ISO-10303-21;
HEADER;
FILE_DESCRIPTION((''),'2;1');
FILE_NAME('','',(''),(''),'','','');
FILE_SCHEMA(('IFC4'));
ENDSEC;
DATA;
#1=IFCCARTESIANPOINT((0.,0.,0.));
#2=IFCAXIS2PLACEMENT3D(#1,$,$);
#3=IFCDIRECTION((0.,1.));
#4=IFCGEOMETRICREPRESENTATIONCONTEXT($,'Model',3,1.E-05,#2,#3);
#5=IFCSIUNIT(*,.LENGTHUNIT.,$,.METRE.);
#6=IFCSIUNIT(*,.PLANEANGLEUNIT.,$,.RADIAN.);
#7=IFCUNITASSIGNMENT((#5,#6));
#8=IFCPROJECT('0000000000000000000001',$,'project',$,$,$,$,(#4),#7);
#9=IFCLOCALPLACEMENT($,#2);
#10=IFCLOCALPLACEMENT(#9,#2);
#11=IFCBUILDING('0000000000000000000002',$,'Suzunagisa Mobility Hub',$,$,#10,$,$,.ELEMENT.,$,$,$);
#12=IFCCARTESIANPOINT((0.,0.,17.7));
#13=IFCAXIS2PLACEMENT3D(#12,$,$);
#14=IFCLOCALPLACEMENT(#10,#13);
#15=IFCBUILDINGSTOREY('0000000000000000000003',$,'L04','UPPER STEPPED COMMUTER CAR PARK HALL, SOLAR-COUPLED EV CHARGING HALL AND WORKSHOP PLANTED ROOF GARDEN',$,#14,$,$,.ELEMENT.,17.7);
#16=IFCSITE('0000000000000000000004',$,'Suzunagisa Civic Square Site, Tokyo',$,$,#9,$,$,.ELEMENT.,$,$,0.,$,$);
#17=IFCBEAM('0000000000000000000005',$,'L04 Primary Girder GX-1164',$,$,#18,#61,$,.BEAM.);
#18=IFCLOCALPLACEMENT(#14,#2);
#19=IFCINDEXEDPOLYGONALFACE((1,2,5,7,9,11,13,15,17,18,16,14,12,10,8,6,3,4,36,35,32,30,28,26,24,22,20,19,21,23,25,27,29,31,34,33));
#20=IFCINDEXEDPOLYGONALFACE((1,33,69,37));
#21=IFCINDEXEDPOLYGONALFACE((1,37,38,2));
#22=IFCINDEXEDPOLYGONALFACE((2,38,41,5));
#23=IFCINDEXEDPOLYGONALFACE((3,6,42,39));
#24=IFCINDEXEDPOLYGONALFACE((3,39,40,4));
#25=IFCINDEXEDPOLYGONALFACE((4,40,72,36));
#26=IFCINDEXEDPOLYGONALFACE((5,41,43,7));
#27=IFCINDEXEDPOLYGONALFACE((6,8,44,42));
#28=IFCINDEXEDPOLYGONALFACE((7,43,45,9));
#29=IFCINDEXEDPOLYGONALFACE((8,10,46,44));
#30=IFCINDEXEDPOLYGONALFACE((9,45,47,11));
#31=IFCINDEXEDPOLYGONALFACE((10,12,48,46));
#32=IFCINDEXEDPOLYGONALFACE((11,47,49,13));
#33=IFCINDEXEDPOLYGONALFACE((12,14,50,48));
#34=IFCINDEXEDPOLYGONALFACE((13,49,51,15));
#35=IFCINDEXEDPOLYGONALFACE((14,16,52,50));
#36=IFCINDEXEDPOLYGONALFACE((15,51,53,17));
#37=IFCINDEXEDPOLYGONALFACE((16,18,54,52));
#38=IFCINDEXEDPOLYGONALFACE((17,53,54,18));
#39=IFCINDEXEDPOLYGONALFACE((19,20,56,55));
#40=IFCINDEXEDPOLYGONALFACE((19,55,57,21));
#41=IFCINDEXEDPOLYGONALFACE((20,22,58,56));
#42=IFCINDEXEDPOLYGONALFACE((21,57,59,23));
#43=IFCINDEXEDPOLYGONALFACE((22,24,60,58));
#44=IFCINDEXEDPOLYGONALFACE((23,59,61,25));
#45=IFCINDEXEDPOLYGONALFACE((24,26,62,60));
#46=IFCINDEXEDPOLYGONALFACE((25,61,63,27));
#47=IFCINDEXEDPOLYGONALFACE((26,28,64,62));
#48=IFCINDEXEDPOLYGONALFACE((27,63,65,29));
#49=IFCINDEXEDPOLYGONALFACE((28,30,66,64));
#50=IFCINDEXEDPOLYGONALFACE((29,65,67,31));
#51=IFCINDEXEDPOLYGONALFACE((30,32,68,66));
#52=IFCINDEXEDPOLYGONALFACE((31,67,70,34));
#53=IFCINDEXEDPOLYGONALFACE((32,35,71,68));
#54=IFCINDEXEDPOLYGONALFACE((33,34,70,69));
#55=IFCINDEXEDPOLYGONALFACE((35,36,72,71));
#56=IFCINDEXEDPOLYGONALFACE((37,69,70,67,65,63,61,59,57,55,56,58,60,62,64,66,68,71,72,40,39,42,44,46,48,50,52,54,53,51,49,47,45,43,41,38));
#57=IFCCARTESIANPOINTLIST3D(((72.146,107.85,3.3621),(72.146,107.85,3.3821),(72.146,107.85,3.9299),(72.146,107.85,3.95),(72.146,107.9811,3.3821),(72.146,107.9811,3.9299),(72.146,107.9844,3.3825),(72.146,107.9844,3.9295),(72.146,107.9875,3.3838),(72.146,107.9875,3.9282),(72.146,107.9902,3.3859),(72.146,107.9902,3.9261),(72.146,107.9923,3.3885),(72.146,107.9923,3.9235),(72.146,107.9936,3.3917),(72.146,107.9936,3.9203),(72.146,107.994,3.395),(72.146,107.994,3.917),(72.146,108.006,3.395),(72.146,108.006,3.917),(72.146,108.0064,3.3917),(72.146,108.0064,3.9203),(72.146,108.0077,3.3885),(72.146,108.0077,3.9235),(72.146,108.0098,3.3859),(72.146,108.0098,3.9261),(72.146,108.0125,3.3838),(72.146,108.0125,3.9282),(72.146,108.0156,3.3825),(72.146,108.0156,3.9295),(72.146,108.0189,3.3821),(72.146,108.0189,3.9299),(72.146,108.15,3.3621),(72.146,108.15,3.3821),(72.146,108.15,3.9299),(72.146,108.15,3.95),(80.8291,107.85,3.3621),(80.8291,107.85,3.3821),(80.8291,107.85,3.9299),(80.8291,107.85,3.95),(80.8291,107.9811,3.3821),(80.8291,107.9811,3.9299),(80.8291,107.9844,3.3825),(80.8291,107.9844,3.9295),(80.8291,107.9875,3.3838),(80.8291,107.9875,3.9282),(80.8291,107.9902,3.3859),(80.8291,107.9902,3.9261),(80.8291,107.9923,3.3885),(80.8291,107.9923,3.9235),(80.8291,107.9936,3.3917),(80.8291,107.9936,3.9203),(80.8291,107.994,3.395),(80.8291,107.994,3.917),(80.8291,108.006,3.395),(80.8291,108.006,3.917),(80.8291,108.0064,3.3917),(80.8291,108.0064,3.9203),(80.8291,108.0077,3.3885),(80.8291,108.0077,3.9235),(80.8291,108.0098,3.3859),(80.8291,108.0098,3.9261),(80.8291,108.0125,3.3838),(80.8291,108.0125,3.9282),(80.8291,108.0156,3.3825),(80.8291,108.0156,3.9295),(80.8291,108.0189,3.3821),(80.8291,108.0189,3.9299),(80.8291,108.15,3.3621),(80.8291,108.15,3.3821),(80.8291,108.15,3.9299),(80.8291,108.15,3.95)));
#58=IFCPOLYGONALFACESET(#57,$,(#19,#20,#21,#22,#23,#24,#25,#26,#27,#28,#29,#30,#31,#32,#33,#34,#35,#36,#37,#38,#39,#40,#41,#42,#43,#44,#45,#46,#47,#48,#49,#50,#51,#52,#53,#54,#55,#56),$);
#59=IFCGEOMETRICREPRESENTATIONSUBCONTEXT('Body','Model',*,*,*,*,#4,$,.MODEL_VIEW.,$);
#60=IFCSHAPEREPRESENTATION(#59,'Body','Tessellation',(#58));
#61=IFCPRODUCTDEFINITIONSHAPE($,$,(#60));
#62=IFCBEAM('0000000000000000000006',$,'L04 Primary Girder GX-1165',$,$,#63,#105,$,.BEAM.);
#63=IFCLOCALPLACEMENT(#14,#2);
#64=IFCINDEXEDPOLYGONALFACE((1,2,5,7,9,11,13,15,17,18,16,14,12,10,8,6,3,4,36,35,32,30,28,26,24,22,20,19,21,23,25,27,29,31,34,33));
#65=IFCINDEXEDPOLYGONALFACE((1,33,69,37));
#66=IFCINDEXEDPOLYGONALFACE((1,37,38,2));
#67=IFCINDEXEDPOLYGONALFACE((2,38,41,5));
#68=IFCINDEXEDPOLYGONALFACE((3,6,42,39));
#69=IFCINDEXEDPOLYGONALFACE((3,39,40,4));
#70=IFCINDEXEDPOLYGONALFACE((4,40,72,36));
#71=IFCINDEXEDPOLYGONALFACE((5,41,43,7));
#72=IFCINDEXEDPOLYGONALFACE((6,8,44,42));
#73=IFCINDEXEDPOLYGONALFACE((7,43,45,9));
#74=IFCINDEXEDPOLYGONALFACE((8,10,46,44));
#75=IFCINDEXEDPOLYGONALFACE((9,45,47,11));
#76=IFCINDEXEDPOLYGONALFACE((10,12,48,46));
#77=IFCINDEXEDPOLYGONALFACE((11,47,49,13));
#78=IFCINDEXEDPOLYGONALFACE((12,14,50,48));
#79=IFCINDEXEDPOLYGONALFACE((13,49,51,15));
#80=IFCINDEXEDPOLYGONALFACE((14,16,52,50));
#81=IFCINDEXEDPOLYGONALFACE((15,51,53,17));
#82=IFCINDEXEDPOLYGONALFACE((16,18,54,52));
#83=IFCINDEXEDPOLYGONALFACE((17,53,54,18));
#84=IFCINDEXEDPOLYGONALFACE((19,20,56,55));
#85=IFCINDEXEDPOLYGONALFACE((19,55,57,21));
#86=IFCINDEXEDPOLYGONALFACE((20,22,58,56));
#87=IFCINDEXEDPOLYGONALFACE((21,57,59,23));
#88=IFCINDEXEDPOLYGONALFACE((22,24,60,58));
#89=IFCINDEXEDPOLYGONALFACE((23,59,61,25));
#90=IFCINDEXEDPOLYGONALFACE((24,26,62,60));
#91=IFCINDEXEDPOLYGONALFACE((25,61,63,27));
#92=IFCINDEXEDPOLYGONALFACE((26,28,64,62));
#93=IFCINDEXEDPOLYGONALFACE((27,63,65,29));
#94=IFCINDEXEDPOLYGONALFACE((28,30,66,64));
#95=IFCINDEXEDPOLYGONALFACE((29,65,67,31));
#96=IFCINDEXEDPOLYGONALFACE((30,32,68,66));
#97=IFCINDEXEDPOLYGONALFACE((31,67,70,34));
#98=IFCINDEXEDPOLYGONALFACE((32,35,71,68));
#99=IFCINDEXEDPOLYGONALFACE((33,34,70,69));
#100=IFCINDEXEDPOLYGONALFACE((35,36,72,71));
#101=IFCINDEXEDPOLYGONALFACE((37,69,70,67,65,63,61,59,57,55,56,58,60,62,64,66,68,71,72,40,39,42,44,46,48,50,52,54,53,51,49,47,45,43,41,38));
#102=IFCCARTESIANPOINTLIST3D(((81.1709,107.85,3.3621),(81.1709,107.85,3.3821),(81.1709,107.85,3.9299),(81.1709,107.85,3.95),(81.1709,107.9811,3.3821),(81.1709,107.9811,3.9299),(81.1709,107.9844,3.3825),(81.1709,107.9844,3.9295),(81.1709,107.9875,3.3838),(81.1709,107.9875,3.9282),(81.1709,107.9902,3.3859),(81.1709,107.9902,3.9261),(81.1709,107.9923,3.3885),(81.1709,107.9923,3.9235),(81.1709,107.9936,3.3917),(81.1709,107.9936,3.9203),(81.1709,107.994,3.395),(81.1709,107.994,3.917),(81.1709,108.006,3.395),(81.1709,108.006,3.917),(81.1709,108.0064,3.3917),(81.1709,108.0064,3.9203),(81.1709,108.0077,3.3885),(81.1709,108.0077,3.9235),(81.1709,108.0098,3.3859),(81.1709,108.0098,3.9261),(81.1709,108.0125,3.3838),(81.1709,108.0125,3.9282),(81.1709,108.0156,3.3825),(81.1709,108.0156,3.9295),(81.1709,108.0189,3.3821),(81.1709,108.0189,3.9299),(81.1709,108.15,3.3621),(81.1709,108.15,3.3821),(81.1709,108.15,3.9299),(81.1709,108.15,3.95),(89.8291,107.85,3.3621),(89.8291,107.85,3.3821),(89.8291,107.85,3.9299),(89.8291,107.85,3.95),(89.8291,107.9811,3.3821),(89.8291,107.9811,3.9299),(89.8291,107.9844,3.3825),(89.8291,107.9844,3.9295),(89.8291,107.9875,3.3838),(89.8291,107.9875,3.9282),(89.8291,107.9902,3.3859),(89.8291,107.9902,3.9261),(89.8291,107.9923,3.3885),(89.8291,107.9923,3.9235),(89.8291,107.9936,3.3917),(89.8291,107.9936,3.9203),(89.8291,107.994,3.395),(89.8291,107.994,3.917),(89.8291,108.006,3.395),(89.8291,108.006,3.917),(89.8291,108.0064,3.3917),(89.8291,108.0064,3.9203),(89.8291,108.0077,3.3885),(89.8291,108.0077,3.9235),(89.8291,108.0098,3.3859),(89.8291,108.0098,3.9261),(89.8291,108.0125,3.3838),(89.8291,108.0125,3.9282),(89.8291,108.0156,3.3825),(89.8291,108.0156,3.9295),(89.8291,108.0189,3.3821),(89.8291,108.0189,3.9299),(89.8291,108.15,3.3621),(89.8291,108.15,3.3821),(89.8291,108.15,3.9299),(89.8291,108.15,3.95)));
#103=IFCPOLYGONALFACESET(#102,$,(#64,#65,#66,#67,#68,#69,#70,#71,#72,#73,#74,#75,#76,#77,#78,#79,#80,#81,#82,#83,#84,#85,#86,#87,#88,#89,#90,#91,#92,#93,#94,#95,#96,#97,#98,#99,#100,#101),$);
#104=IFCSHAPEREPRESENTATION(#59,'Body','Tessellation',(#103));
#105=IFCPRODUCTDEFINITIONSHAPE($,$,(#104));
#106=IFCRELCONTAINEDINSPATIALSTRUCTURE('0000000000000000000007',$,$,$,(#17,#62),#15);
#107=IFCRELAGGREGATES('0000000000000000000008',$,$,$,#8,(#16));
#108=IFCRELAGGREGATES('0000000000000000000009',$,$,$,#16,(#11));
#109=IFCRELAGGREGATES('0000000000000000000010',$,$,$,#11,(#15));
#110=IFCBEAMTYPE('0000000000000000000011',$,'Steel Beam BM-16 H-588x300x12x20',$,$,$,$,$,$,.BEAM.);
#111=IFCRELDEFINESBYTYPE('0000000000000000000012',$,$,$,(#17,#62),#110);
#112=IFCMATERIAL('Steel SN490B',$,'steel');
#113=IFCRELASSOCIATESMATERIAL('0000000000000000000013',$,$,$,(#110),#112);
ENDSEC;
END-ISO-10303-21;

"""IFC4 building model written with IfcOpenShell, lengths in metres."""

from ifc_helpers import new_model, si_unit, direction, frame, origin, origin_2d, place, context, subcontext, project, spatial, i_section, extrude, material, material_profile, profile_set, type_object, element, save


model = new_model("IFC4")

# Units and contexts
model_context = context("Model", 3, precision=1e-05, world=origin(), true_north=direction((0.0, 1.0)))
body_context = subcontext(model_context, "Body", "Model", "MODEL_VIEW")
ifc_project = project(units=[si_unit("LENGTHUNIT", "METRE"), si_unit("PLANEANGLEUNIT", "RADIAN")], contexts=[model_context])

# Site, building, storey
site_placement = place(None, origin())
site = spatial("IfcSite", under=ifc_project, at=site_placement, Name="Suzunagisa Civic Square Site, Tokyo", CompositionType="ELEMENT", RefElevation=0.0)
building_placement = place(site_placement, origin())
building = spatial("IfcBuilding", under=site, at=building_placement, Name="Suzunagisa Mobility Hub", CompositionType="ELEMENT")
storey_placement = place(building_placement, frame((0.0, 0.0, 17.7)))
storey = spatial("IfcBuildingStorey", under=building, at=storey_placement, Name="L04", Description="UPPER STEPPED COMMUTER CAR PARK HALL, SOLAR-COUPLED EV CHARGING HALL AND WORKSHOP PLANTED ROOF GARDEN", CompositionType="ELEMENT", Elevation=17.7)

# Shared definitions
ifc_material_1 = material(Name="Steel SN490B", Category="steel")

# Beams
ifc_material_profile_1 = material_profile(ifc_material_1, i_section(OverallWidth=0.3, OverallDepth=0.5879, WebThickness=0.012, FlangeThickness=0.02, FilletRadius=0.0129, at=origin_2d()), Name="H-588x300x12x20")
ifc_profile_set_1 = profile_set([ifc_material_profile_1], Name="Steel SN490B")
beam_type_1 = type_object("IfcBeamType", Name="Steel Beam BM-16 H-588x300x12x20", PredefinedType="BEAM", material=ifc_profile_set_1)
beam_1_placement = place(storey_placement, frame((72.146, 108.0, 3.656), z_axis=(1.0, 0.0, 0.0), x_axis=(0.0, 1.0, 0.0)))
element("IfcBeam", 1, at=beam_1_placement, inside=storey, type_object=beam_type_1, Name="L04 Primary Girder GX-1164", PredefinedType="BEAM", context=body_context, shape_type="SweptSolid", body=[
    extrude(i_section(OverallWidth=0.3, OverallDepth=0.5879, WebThickness=0.012, FlangeThickness=0.02, FilletRadius=0.0129, at=origin_2d()), origin(), (0.0, 0.0, 1.0), 8.6831),
])
beam_2_placement = place(storey_placement, frame((81.1709, 108.0, 3.656), z_axis=(1.0, 0.0, 0.0), x_axis=(0.0, 1.0, 0.0)))
element("IfcBeam", 2, at=beam_2_placement, inside=storey, type_object=beam_type_1, Name="L04 Primary Girder GX-1165", PredefinedType="BEAM", context=body_context, shape_type="SweptSolid", body=[
    extrude(i_section(OverallWidth=0.3, OverallDepth=0.5879, WebThickness=0.012, FlangeThickness=0.02, FilletRadius=0.0129, at=origin_2d()), origin(), (0.0, 0.0, 1.0), 8.6582),
])

save(model, "model.ifc")
